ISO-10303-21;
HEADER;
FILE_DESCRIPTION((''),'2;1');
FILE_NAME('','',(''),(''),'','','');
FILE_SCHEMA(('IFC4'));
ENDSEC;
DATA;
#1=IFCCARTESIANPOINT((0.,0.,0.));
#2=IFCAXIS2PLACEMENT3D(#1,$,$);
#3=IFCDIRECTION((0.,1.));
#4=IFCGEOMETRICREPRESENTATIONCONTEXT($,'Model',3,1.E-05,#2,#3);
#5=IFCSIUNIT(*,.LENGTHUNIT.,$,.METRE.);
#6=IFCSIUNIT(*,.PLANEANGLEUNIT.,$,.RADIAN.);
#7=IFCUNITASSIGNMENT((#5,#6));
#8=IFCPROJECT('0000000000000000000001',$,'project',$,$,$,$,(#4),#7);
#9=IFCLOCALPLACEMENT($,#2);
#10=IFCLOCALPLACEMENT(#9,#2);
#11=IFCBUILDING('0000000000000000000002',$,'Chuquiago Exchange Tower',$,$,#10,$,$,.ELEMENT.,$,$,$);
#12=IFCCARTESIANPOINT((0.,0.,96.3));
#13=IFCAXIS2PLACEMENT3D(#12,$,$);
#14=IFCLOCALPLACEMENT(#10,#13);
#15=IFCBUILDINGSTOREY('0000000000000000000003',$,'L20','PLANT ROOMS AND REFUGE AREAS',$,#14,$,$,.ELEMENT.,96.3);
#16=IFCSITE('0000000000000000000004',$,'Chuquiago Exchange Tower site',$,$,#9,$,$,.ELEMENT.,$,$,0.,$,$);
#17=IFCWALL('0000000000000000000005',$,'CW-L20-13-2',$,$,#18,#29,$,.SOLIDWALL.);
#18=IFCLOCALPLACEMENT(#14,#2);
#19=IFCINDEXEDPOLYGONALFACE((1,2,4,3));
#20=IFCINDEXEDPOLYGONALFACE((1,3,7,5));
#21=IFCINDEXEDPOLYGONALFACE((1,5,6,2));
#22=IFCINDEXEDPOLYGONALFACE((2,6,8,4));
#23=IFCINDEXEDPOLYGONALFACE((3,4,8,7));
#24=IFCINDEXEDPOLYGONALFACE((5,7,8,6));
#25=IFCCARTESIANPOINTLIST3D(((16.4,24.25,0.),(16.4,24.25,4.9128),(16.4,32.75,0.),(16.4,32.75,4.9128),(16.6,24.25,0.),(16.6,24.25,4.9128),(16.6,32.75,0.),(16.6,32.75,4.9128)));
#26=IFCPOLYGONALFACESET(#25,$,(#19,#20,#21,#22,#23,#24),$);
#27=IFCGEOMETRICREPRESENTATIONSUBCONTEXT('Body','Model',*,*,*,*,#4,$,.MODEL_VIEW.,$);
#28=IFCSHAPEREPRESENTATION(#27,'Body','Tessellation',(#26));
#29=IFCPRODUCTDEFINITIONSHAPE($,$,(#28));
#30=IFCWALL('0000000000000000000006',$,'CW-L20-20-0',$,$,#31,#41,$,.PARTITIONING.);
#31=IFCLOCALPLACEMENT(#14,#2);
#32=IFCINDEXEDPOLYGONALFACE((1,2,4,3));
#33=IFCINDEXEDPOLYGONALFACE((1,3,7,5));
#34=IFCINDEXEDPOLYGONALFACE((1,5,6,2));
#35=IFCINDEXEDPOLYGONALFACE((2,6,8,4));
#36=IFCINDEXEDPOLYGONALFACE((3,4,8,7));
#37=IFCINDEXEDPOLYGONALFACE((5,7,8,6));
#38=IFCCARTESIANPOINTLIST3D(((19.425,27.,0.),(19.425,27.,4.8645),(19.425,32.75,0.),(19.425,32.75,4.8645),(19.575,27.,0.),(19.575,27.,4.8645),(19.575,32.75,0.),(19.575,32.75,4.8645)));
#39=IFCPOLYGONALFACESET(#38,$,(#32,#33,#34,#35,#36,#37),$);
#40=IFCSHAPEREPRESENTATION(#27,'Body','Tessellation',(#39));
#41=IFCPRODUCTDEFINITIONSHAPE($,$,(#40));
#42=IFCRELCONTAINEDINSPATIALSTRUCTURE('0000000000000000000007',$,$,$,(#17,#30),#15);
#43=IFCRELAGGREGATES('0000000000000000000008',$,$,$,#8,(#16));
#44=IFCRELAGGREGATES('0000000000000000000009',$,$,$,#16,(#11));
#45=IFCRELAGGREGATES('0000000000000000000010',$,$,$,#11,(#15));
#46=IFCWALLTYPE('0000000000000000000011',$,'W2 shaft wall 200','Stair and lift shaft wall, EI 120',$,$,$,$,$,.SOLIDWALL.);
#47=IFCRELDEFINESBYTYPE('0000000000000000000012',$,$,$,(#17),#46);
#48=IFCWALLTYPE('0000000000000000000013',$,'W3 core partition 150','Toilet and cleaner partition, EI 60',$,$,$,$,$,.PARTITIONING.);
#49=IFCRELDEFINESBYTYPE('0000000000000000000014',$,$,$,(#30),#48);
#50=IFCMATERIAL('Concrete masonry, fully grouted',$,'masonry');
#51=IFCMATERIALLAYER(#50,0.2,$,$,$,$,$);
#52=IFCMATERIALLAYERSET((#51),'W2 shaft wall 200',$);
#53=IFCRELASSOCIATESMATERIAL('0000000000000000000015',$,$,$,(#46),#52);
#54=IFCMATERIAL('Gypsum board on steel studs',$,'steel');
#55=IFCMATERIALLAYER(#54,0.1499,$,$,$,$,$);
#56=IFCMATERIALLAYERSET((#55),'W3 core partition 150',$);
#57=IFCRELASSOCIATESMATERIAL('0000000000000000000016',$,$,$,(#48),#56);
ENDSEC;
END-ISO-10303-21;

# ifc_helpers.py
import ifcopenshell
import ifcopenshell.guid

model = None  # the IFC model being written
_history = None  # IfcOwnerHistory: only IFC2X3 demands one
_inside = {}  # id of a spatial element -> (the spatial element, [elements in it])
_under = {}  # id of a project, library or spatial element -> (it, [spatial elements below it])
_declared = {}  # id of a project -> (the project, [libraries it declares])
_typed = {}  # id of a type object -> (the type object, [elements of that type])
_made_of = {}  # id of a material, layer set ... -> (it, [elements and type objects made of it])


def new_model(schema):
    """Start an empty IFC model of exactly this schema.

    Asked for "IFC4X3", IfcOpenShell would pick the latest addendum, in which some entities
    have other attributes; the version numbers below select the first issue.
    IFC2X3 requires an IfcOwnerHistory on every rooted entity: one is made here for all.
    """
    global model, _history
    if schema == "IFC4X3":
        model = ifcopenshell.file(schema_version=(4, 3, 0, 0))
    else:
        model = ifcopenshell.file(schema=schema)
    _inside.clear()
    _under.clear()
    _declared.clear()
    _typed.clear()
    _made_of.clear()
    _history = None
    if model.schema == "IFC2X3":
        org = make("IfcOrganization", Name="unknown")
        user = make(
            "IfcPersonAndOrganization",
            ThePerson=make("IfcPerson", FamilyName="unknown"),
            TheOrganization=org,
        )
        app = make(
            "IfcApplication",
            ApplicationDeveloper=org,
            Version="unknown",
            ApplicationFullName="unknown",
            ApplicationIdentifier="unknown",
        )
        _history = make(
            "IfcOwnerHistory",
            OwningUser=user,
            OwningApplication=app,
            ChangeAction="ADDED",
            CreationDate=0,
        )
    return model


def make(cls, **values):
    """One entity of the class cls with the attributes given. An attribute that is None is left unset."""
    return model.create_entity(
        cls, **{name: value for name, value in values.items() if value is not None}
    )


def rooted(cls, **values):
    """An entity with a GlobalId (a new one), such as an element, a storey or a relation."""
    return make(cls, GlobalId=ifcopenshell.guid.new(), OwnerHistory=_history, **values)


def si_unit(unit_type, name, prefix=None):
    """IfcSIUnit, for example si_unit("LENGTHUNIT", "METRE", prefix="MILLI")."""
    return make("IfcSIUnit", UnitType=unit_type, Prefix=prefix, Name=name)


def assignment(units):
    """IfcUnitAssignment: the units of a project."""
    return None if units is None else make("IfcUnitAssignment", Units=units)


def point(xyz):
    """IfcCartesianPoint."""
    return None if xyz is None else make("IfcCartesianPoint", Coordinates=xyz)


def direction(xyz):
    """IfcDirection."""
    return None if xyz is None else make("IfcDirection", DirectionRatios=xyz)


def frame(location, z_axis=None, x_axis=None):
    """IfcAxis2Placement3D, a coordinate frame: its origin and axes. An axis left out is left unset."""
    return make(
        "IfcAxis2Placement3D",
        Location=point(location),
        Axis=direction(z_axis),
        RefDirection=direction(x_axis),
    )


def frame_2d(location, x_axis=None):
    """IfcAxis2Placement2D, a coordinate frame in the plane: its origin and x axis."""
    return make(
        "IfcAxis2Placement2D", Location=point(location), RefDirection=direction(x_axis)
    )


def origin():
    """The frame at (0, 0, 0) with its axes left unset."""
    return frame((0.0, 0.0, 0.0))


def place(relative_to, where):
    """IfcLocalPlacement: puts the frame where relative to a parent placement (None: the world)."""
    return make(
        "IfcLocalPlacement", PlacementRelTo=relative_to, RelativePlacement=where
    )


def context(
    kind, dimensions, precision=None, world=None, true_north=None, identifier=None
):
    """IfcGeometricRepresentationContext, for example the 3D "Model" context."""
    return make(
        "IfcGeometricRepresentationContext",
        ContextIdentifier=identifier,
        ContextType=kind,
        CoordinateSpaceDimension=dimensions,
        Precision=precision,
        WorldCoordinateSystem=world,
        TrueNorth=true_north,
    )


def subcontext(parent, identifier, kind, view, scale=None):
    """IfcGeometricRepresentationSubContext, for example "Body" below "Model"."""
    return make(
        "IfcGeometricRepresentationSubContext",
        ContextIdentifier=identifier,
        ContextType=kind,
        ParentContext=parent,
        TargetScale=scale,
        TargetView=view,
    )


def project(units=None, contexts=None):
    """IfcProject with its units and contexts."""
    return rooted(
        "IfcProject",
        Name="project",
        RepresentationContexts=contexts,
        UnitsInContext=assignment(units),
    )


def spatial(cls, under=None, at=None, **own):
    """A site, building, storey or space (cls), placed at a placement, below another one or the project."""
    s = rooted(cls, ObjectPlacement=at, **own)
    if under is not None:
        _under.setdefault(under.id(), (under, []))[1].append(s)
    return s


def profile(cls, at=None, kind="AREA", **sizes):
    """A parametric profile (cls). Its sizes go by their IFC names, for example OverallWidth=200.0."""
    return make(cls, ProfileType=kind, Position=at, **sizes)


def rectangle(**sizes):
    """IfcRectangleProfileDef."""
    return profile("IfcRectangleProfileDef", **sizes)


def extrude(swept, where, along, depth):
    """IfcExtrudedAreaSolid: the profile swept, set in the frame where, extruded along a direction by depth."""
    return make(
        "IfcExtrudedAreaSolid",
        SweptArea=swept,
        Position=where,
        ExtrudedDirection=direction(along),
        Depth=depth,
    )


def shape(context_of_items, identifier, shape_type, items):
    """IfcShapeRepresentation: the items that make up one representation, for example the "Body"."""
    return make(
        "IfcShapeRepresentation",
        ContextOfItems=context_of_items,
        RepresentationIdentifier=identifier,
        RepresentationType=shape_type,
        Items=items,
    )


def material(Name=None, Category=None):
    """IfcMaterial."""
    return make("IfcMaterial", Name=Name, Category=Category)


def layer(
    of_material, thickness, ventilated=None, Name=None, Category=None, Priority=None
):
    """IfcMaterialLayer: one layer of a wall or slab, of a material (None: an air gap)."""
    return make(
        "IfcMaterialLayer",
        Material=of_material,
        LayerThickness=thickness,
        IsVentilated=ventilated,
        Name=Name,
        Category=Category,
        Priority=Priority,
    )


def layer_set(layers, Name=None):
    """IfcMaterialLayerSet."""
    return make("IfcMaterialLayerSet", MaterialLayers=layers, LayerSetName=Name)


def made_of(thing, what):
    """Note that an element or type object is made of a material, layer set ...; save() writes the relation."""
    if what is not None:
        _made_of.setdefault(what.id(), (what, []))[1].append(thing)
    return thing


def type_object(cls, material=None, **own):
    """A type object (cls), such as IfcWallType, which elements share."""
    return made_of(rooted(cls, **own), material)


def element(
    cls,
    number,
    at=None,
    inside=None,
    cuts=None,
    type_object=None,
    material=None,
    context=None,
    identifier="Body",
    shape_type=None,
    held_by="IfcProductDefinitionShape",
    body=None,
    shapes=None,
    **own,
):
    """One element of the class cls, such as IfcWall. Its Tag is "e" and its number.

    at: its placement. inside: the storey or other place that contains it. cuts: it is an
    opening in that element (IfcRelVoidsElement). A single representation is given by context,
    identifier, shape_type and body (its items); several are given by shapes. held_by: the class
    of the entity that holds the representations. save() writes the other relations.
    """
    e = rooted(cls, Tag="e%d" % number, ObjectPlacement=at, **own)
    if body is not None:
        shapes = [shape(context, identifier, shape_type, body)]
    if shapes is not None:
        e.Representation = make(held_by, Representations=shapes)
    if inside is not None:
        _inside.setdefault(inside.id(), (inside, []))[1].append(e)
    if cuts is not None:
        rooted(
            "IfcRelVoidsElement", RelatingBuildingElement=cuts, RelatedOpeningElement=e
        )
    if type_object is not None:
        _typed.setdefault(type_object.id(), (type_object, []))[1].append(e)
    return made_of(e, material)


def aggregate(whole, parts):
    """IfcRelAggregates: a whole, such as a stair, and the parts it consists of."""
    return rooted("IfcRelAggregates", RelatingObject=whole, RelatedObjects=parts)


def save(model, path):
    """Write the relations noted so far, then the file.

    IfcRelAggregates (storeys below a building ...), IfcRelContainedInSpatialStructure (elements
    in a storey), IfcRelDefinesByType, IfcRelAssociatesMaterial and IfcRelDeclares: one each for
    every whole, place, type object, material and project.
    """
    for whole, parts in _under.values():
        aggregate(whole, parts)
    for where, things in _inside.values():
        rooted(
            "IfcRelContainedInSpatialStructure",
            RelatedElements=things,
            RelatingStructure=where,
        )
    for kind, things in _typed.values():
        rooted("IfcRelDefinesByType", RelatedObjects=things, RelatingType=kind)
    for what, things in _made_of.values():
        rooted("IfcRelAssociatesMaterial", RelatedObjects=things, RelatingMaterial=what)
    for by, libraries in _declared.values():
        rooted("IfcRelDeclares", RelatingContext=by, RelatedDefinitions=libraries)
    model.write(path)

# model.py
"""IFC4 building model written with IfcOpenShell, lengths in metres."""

from ifc_helpers import new_model, si_unit, direction, frame, frame_2d, origin, place, context, subcontext, project, spatial, rectangle, extrude, material, layer, layer_set, type_object, element, save


model = new_model("IFC4")

# Units and contexts
model_context = context("Model", 3, precision=1e-05, world=origin(), true_north=direction((0.0, 1.0)))
body_context = subcontext(model_context, "Body", "Model", "MODEL_VIEW")
ifc_project = project(units=[si_unit("LENGTHUNIT", "METRE"), si_unit("PLANEANGLEUNIT", "RADIAN")], contexts=[model_context])

# Site, building, storey
site_placement = place(None, origin())
site = spatial("IfcSite", under=ifc_project, at=site_placement, Name="Chuquiago Exchange Tower site", CompositionType="ELEMENT", RefElevation=0.0)
building_placement = place(site_placement, origin())
building = spatial("IfcBuilding", under=site, at=building_placement, Name="Chuquiago Exchange Tower", CompositionType="ELEMENT")
storey_placement = place(building_placement, frame((0.0, 0.0, 96.3)))
storey = spatial("IfcBuildingStorey", under=building, at=storey_placement, Name="L20", Description="PLANT ROOMS AND REFUGE AREAS", CompositionType="ELEMENT", Elevation=96.3)

# Shared definitions
ifc_material_1 = material(Name="Concrete masonry, fully grouted", Category="masonry")
ifc_layer_1 = layer(ifc_material_1, 0.2)
ifc_layer_set_1 = layer_set([ifc_layer_1], Name="W2 shaft wall 200")
wall_type_1 = type_object("IfcWallType", Name="W2 shaft wall 200", Description="Stair and lift shaft wall, EI 120", PredefinedType="SOLIDWALL", material=ifc_layer_set_1)

# Walls
wall_1_placement = place(storey_placement, frame((16.5, 24.25, 0.0), z_axis=(0.0, 0.0, 1.0), x_axis=(0.0, 1.0, 0.0)))
element("IfcWall", 1, at=wall_1_placement, inside=storey, type_object=wall_type_1, Name="CW-L20-13-2", PredefinedType="SOLIDWALL", context=body_context, shape_type="SweptSolid", body=[
    extrude(rectangle(XDim=8.5, YDim=0.2, at=frame_2d((4.25, 0.0))), origin(), (0.0, 0.0, 1.0), 4.9128),
])
ifc_material_2 = material(Name="Gypsum board on steel studs", Category="steel")
ifc_layer_2 = layer(ifc_material_2, 0.1499)
ifc_layer_set_2 = layer_set([ifc_layer_2], Name="W3 core partition 150")
wall_type_2 = type_object("IfcWallType", Name="W3 core partition 150", Description="Toilet and cleaner partition, EI 60", PredefinedType="PARTITIONING", material=ifc_layer_set_2)
wall_2_placement = place(storey_placement, frame((19.5, 27.0, 0.0), z_axis=(0.0, 0.0, 1.0), x_axis=(0.0, 1.0, 0.0)))
element("IfcWall", 2, at=wall_2_placement, inside=storey, type_object=wall_type_2, Name="CW-L20-20-0", PredefinedType="PARTITIONING", context=body_context, shape_type="SweptSolid", body=[
    extrude(rectangle(XDim=5.75, YDim=0.1499, at=frame_2d((2.875, 0.0))), origin(), (0.0, 0.0, 1.0), 4.8645),
])

save(model, "model.ifc")
